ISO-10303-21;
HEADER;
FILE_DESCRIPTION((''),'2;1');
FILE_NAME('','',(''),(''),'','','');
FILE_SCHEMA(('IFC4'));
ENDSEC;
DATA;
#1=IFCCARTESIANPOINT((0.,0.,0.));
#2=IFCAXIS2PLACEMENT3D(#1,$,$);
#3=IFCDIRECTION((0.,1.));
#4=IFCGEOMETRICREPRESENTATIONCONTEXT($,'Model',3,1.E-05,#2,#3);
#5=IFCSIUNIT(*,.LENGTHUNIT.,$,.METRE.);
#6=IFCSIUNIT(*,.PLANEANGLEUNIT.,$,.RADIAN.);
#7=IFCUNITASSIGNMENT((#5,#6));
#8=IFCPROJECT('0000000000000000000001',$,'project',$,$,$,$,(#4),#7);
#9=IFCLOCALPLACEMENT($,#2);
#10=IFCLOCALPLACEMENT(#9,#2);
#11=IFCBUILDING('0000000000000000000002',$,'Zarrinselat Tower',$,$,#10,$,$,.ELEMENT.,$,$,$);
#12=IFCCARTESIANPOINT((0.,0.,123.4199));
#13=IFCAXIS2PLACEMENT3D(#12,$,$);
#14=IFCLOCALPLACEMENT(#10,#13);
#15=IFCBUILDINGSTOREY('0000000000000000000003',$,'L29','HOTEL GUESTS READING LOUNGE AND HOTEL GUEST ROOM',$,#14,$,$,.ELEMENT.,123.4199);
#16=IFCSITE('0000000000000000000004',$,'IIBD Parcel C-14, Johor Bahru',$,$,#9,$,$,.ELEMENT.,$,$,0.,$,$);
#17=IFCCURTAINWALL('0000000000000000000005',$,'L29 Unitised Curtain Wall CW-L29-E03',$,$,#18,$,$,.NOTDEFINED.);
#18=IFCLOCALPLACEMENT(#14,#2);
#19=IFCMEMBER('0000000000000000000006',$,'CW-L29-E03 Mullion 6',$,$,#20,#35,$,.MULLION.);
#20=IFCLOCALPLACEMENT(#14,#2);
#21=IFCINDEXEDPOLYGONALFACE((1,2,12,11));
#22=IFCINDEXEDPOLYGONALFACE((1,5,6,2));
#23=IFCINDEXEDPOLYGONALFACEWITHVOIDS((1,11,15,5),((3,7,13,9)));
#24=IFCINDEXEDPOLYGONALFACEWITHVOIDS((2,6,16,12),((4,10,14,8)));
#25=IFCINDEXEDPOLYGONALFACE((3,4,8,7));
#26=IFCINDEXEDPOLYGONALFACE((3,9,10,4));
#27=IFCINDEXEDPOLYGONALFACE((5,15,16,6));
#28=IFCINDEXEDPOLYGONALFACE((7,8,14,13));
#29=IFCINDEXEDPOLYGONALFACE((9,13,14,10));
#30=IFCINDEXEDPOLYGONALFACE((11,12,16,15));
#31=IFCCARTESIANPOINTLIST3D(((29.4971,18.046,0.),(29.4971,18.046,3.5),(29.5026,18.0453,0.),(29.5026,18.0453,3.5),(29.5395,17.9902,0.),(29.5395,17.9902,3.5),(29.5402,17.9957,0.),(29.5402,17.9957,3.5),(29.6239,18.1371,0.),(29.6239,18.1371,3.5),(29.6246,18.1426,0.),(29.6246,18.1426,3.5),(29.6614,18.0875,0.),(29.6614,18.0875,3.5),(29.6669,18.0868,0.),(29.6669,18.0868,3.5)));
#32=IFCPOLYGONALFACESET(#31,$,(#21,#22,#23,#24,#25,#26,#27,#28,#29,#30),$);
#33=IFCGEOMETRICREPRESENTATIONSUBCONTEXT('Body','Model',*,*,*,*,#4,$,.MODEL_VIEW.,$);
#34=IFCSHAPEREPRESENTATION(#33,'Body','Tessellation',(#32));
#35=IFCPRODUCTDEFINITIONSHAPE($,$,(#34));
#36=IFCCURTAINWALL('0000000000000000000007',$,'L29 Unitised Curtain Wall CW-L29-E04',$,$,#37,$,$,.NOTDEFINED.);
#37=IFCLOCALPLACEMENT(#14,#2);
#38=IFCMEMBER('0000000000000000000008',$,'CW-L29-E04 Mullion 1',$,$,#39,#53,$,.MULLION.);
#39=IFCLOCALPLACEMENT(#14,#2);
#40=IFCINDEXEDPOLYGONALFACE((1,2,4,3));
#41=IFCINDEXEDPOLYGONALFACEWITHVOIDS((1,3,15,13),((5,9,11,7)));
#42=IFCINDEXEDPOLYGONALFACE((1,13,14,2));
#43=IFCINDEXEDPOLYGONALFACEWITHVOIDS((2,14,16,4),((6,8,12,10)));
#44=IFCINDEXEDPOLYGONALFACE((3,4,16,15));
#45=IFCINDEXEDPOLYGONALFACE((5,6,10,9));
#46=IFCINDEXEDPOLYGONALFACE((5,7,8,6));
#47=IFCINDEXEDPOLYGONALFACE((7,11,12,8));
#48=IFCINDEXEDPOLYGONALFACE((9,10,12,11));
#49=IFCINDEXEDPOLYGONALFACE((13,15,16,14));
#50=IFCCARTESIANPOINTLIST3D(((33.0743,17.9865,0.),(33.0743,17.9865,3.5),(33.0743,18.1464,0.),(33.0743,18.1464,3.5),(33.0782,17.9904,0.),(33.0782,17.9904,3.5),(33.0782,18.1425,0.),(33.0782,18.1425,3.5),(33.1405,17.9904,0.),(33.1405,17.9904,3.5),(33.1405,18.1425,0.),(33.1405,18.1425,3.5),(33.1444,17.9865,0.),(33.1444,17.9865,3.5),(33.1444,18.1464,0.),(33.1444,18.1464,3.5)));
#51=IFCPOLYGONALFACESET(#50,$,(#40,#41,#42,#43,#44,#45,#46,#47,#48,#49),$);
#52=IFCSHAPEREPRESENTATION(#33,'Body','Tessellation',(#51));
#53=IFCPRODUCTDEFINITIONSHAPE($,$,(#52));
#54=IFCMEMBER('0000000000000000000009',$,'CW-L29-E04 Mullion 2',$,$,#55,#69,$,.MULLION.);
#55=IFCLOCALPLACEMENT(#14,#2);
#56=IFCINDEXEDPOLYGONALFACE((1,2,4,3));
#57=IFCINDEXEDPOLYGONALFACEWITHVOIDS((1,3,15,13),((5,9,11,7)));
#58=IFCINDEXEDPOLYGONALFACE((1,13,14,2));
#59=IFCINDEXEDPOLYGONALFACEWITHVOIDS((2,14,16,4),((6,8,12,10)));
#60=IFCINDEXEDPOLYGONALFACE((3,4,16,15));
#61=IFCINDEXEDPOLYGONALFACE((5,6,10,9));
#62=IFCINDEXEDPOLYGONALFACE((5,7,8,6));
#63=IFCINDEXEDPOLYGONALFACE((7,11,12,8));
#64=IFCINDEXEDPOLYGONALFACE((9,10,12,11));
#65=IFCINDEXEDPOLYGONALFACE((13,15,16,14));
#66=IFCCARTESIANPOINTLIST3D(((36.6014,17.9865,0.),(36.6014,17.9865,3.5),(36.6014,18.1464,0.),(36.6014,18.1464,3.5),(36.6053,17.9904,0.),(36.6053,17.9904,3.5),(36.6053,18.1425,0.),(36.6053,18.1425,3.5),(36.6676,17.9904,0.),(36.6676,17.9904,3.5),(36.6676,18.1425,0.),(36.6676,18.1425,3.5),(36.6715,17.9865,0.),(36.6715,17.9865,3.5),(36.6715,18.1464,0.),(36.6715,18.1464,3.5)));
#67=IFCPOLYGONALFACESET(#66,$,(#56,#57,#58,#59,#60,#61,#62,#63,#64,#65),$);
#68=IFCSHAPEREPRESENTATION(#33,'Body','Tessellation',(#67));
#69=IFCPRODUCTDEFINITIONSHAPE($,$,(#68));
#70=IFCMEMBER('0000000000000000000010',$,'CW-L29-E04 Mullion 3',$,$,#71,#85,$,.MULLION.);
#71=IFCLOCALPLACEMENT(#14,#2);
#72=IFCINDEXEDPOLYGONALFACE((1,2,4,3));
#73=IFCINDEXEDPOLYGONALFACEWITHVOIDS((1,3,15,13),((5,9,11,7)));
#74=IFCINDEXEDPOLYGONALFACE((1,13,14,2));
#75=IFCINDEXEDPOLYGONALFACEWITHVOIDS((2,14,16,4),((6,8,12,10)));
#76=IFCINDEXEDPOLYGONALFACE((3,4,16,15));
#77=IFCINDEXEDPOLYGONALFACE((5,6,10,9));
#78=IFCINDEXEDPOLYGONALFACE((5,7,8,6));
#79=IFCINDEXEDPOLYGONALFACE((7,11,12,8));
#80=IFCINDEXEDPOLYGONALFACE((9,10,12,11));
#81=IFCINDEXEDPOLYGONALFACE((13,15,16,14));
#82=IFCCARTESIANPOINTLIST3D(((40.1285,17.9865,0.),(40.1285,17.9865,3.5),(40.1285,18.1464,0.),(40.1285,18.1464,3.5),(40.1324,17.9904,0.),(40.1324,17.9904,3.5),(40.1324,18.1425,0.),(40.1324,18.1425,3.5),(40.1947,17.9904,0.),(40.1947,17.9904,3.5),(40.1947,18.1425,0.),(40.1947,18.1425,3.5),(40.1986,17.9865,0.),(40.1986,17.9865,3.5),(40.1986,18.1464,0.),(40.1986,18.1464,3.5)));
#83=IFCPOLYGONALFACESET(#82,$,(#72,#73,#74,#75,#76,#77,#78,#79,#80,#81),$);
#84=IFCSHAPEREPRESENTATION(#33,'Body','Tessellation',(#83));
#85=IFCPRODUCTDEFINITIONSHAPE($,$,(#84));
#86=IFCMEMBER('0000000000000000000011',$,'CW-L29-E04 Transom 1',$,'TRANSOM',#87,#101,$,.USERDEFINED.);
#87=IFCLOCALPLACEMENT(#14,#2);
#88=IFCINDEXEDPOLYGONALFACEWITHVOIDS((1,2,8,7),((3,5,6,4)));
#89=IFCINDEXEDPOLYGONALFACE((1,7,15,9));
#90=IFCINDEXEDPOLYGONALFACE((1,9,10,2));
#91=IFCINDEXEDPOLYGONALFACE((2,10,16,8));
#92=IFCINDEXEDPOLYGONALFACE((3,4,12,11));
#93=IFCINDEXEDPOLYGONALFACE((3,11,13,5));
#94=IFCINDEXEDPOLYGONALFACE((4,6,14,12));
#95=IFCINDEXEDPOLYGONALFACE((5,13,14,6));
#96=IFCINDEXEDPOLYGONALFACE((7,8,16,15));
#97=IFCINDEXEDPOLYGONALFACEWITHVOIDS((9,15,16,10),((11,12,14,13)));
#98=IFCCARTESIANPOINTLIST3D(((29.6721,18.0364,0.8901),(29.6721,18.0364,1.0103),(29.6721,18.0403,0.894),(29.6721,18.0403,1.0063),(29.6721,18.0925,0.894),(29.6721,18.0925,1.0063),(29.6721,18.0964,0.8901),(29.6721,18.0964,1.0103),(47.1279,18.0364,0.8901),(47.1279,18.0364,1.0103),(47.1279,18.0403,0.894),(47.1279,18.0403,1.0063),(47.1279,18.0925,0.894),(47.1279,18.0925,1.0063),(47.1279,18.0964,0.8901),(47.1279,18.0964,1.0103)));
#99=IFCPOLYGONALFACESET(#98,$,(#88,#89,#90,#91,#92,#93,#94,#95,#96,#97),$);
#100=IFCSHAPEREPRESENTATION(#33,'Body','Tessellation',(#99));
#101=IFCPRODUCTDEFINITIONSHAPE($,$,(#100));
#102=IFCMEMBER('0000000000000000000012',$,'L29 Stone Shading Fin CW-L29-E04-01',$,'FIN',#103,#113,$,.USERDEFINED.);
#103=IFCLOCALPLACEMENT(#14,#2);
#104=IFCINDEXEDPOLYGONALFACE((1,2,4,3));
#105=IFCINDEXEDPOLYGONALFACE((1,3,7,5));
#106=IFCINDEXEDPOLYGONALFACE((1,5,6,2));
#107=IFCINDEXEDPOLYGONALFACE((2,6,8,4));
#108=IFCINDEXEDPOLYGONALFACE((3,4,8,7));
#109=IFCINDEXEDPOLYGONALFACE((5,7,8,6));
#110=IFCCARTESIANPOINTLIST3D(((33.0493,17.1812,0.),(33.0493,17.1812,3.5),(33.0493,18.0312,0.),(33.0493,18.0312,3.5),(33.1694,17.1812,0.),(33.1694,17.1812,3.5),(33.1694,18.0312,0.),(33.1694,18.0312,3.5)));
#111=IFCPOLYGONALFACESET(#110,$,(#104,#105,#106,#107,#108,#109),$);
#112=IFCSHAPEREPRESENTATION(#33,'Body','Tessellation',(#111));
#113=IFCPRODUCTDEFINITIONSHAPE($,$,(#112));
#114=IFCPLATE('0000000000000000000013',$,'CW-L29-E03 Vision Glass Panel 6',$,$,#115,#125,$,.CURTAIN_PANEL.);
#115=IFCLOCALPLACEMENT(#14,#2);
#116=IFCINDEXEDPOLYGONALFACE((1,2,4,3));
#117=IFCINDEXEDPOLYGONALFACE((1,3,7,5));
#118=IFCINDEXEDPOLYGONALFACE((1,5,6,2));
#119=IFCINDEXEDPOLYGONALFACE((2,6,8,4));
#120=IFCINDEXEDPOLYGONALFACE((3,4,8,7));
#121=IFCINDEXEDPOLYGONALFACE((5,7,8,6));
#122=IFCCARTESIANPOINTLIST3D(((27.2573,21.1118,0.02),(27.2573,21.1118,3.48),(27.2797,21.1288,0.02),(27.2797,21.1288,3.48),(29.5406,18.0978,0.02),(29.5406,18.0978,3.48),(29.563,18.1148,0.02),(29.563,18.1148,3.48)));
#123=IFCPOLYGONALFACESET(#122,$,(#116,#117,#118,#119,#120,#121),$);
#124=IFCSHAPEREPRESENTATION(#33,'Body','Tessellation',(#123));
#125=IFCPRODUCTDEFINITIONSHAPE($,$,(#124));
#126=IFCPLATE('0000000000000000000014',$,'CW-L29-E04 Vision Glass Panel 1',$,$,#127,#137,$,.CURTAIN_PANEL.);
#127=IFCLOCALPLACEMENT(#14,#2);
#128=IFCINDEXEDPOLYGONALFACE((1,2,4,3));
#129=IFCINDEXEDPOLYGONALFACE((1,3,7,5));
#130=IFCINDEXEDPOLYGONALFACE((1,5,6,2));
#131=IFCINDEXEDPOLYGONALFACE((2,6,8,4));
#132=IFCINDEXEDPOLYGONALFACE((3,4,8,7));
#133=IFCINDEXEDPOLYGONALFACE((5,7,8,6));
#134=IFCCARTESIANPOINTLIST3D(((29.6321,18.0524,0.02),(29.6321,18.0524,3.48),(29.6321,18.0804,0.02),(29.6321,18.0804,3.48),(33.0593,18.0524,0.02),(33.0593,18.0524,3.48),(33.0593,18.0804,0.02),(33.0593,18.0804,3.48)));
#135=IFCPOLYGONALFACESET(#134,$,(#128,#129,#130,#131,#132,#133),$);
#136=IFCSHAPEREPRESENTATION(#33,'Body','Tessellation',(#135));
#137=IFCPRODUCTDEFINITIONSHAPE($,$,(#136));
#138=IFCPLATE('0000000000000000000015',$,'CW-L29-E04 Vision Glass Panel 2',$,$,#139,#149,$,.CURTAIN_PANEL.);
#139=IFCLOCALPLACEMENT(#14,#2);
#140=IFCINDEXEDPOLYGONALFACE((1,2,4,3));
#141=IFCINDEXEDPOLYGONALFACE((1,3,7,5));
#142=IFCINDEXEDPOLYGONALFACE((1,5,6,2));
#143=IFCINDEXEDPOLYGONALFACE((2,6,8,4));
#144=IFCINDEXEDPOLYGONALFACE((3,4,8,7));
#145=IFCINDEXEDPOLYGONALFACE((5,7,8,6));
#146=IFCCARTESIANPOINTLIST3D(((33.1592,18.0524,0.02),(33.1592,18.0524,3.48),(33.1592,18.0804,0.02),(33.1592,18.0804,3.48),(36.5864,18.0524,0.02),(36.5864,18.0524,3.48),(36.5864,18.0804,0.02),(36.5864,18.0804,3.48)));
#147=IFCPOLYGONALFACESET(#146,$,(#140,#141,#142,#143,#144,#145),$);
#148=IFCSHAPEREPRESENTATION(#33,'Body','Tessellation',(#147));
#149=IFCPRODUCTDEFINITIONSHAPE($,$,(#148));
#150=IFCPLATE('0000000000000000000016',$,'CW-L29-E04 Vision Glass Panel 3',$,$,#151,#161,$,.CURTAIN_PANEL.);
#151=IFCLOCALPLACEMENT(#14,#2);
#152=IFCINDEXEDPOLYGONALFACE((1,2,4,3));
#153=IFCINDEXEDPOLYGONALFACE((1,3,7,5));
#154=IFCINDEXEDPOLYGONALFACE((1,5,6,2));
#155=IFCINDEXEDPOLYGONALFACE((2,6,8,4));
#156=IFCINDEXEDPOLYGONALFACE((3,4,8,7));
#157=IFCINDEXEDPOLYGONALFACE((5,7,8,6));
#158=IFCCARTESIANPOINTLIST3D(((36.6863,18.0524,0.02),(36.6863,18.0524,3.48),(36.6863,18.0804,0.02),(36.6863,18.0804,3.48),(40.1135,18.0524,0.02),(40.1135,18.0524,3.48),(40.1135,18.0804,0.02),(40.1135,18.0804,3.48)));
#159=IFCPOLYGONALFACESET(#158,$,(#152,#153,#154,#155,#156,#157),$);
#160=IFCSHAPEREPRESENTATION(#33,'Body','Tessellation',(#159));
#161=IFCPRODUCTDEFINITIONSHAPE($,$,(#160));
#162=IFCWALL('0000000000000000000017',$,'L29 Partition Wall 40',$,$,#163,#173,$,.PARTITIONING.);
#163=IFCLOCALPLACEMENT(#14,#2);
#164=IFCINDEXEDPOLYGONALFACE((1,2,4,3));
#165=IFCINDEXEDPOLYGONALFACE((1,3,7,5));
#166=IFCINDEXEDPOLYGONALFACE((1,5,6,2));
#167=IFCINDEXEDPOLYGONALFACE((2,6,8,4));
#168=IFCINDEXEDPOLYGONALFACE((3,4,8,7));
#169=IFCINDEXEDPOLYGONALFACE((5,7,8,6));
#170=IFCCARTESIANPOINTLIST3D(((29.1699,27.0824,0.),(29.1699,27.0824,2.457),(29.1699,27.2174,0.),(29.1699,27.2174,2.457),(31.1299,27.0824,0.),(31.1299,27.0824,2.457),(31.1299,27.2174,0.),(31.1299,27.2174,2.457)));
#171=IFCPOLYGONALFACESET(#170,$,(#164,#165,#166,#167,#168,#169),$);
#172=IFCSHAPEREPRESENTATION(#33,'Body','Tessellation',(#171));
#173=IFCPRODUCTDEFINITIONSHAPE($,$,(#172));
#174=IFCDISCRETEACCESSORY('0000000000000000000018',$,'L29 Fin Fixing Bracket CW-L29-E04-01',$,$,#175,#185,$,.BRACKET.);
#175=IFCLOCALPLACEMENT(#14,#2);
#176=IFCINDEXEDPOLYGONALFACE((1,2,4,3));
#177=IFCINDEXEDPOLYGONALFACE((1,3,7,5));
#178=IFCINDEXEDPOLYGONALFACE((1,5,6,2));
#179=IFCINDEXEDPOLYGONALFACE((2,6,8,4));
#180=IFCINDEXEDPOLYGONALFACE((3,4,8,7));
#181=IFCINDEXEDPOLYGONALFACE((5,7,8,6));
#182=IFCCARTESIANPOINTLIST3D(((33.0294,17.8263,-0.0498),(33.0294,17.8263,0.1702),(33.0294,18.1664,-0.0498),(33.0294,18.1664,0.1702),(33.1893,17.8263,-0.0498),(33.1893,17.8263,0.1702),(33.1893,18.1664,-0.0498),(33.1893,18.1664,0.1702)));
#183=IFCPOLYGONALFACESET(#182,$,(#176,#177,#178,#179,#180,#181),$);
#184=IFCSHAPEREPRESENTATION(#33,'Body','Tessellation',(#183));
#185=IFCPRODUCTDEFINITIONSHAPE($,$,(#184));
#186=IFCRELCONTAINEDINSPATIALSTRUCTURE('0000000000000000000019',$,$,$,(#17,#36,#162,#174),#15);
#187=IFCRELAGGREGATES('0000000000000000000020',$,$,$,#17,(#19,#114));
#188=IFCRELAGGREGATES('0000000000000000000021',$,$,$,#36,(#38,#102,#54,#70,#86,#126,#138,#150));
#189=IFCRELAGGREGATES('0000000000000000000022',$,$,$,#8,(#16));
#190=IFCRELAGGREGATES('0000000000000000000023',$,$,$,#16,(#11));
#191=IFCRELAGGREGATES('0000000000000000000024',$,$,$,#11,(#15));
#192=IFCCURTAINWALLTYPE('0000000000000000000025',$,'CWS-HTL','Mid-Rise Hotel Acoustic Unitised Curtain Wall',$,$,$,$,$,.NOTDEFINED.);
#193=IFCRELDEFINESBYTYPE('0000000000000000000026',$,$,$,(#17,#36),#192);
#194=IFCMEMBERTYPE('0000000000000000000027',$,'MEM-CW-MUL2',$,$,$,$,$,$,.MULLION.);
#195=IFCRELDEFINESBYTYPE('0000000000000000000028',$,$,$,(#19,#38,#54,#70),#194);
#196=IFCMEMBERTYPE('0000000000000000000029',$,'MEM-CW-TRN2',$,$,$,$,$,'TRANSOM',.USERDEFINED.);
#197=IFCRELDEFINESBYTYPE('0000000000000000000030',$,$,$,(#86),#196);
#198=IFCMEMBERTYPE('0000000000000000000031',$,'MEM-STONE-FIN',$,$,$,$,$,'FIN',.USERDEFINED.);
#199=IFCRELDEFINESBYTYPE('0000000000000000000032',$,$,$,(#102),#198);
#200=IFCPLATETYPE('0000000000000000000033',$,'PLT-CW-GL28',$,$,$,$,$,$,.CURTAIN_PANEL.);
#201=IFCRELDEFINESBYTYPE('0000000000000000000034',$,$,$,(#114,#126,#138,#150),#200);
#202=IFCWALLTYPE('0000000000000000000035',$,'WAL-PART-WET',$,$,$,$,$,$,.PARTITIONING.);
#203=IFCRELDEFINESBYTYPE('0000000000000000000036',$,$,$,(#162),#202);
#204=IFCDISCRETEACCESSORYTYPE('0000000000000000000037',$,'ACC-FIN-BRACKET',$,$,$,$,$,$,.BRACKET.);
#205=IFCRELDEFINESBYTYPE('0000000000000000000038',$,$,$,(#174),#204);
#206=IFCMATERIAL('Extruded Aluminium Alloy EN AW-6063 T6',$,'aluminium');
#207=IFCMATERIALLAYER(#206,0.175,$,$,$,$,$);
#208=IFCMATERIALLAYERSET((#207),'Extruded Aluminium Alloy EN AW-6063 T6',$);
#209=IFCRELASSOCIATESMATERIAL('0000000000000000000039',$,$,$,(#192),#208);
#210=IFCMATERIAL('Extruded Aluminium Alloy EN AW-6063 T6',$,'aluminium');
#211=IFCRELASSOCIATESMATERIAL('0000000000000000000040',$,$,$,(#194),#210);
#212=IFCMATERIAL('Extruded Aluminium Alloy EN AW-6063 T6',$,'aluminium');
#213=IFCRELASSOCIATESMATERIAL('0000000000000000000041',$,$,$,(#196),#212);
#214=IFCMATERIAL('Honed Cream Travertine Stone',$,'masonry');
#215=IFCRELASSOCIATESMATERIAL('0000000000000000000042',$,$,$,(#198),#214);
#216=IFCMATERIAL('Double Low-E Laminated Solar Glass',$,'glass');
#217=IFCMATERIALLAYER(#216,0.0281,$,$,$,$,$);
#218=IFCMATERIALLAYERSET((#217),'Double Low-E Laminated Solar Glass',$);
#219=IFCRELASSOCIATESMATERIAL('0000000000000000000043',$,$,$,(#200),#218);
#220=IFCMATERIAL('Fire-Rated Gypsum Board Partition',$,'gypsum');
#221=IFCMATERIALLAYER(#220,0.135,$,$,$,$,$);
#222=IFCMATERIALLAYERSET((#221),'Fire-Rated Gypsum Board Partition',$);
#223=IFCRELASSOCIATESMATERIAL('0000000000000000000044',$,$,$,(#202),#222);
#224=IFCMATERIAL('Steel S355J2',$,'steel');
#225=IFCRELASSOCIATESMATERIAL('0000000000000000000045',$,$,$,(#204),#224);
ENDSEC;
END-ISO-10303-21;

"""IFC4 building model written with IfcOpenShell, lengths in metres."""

from ifc_helpers import new_model, si_unit, direction, frame, frame_2d, origin, origin_2d, place, context, subcontext, project, spatial, rectangle, hollow_rectangle, extrude, material, layer, layer_set, material_profile, profile_set, type_object, element, aggregate, save


model = new_model("IFC4")

# Units and contexts
model_context = context("Model", 3, precision=1e-05, world=origin(), true_north=direction((0.0, 1.0)))
body_context = subcontext(model_context, "Body", "Model", "MODEL_VIEW")
ifc_project = project(units=[si_unit("LENGTHUNIT", "METRE"), si_unit("PLANEANGLEUNIT", "RADIAN")], contexts=[model_context])

# Site, building, storey
site_placement = place(None, origin())
site = spatial("IfcSite", under=ifc_project, at=site_placement, Name="IIBD Parcel C-14, Johor Bahru", CompositionType="ELEMENT", RefElevation=0.0)
building_placement = place(site_placement, origin())
building = spatial("IfcBuilding", under=site, at=building_placement, Name="Zarrinselat Tower", CompositionType="ELEMENT")
storey_placement = place(building_placement, frame((0.0, 0.0, 123.4199)))
storey = spatial("IfcBuildingStorey", under=building, at=storey_placement, Name="L29", Description="HOTEL GUESTS READING LOUNGE AND HOTEL GUEST ROOM", CompositionType="ELEMENT", Elevation=123.4199)

# Curtain wall, member
ifc_material_1 = material(Name="Extruded Aluminium Alloy EN AW-6063 T6", Category="aluminium")
ifc_layer_1 = layer(ifc_material_1, 0.175)
ifc_layer_set_1 = layer_set([ifc_layer_1], Name="Extruded Aluminium Alloy EN AW-6063 T6")
curtain_wall_type = type_object("IfcCurtainWallType", Name="CWS-HTL", Description="Mid-Rise Hotel Acoustic Unitised Curtain Wall", PredefinedType="NOTDEFINED", material=ifc_layer_set_1)
curtain_wall_1_placement = place(storey_placement, origin())
curtain_wall_1 = element("IfcCurtainWall", 1, at=curtain_wall_1_placement, inside=storey, type_object=curtain_wall_type, Name="L29 Unitised Curtain Wall CW-L29-E03", PredefinedType="NOTDEFINED")
ifc_material_2 = material(Name="Extruded Aluminium Alloy EN AW-6063 T6", Category="aluminium")
ifc_material_profile_1 = material_profile(ifc_material_2, hollow_rectangle(XDim=0.0701, YDim=0.1599, WallThickness=0.0039, at=origin_2d()), Name="RHS 160x70x4")
ifc_profile_set_1 = profile_set([ifc_material_profile_1], Name="Extruded Aluminium Alloy EN AW-6063 T6")
member_type_1 = type_object("IfcMemberType", Name="MEM-CW-MUL2", PredefinedType="MULLION", material=ifc_profile_set_1)
member_1_placement = place(storey_placement, frame((29.582, 18.0664, 0.0), z_axis=(0.0, 0.0, 1.0), x_axis=(0.603858, -0.797092, 0.0)))
member_1 = element("IfcMember", 2, at=member_1_placement, type_object=member_type_1, Name="CW-L29-E03 Mullion 6", PredefinedType="MULLION", context=body_context, shape_type="SweptSolid", body=[
    extrude(hollow_rectangle(XDim=0.0701, YDim=0.1599, WallThickness=0.0039, at=origin_2d()), origin(), (0.0, 0.0, 1.0), 3.5),
])

# Curtain wall, members
curtain_wall_2_placement = place(storey_placement, origin())
curtain_wall_2 = element("IfcCurtainWall", 3, at=curtain_wall_2_placement, inside=storey, type_object=curtain_wall_type, Name="L29 Unitised Curtain Wall CW-L29-E04", PredefinedType="NOTDEFINED")
member_2_placement = place(storey_placement, frame((33.1094, 18.0664, 0.0), z_axis=(0.0, 0.0, 1.0), x_axis=(1.0, 0.0, 0.0)))
member_2 = element("IfcMember", 4, at=member_2_placement, type_object=member_type_1, Name="CW-L29-E04 Mullion 1", PredefinedType="MULLION", context=body_context, shape_type="SweptSolid", body=[
    extrude(hollow_rectangle(XDim=0.0701, YDim=0.1599, WallThickness=0.0039, at=origin_2d()), origin(), (0.0, 0.0, 1.0), 3.5),
])
member_3_placement = place(storey_placement, frame((36.6365, 18.0664, 0.0), z_axis=(0.0, 0.0, 1.0), x_axis=(1.0, 0.0, 0.0)))
member_3 = element("IfcMember", 5, at=member_3_placement, type_object=member_type_1, Name="CW-L29-E04 Mullion 2", PredefinedType="MULLION", context=body_context, shape_type="SweptSolid", body=[
    extrude(hollow_rectangle(XDim=0.0701, YDim=0.1599, WallThickness=0.0039, at=origin_2d()), origin(), (0.0, 0.0, 1.0), 3.5),
])
member_4_placement = place(storey_placement, frame((40.1636, 18.0664, 0.0), z_axis=(0.0, 0.0, 1.0), x_axis=(1.0, 0.0, 0.0)))
member_4 = element("IfcMember", 6, at=member_4_placement, type_object=member_type_1, Name="CW-L29-E04 Mullion 3", PredefinedType="MULLION", context=body_context, shape_type="SweptSolid", body=[
    extrude(hollow_rectangle(XDim=0.0701, YDim=0.1599, WallThickness=0.0039, at=origin_2d()), origin(), (0.0, 0.0, 1.0), 3.5),
])
ifc_material_3 = material(Name="Extruded Aluminium Alloy EN AW-6063 T6", Category="aluminium")
ifc_material_profile_2 = material_profile(ifc_material_3, hollow_rectangle(XDim=0.0601, YDim=0.1201, WallThickness=0.0039, at=origin_2d()), Name="RHS 120x60x4")
ifc_profile_set_2 = profile_set([ifc_material_profile_2], Name="Extruded Aluminium Alloy EN AW-6063 T6")
member_type_2 = type_object("IfcMemberType", Name="MEM-CW-TRN2", ElementType="TRANSOM", PredefinedType="USERDEFINED", material=ifc_profile_set_2)
member_5_placement = place(storey_placement, frame((29.6721, 18.0664, 0.9502), z_axis=(1.0, 0.0, 0.0), x_axis=(0.0, 1.0, 0.0)))
member_5 = element("IfcMember", 7, at=member_5_placement, type_object=member_type_2, Name="CW-L29-E04 Transom 1", ObjectType="TRANSOM", PredefinedType="USERDEFINED", context=body_context, shape_type="SweptSolid", body=[
    extrude(hollow_rectangle(XDim=0.0601, YDim=0.1201, WallThickness=0.0039, at=origin_2d()), origin(), (0.0, 0.0, 1.0), 17.4558),
])
ifc_material_4 = material(Name="Honed Cream Travertine Stone", Category="masonry")
ifc_material_profile_3 = material_profile(ifc_material_4, rectangle(XDim=0.1201, YDim=0.8501, at=origin_2d()), Name="FIN 850x120")
ifc_profile_set_3 = profile_set([ifc_material_profile_3], Name="Honed Cream Travertine Stone")
member_type_3 = type_object("IfcMemberType", Name="MEM-STONE-FIN", ElementType="FIN", PredefinedType="USERDEFINED", material=ifc_profile_set_3)
member_6_placement = place(storey_placement, frame((33.1094, 17.6062, 0.0), z_axis=(0.0, 0.0, 1.0), x_axis=(-1.0, 0.0, 0.0)))
member_6 = element("IfcMember", 8, at=member_6_placement, type_object=member_type_3, Name="L29 Stone Shading Fin CW-L29-E04-01", ObjectType="FIN", PredefinedType="USERDEFINED", context=body_context, shape_type="SweptSolid", body=[
    extrude(rectangle(XDim=0.1201, YDim=0.8501, at=origin_2d()), origin(), (0.0, 0.0, 1.0), 3.5),
])

# Plates
ifc_material_5 = material(Name="Double Low-E Laminated Solar Glass", Category="glass")
ifc_layer_2 = layer(ifc_material_5, 0.0281)
ifc_layer_set_2 = layer_set([ifc_layer_2], Name="Double Low-E Laminated Solar Glass")
plate_type = type_object("IfcPlateType", Name="PLT-CW-GL28", PredefinedType="CURTAIN_PANEL", material=ifc_layer_set_2)
plate_1_placement = place(storey_placement, frame((28.4102, 19.6133, 0.02), z_axis=(0.0, 0.0, 1.0), x_axis=(0.603858, -0.797092, 0.0)))
plate_1 = element("IfcPlate", 9, at=plate_1_placement, type_object=plate_type, Name="CW-L29-E03 Vision Glass Panel 6", PredefinedType="CURTAIN_PANEL", context=body_context, shape_type="SweptSolid", body=[
    extrude(rectangle(XDim=3.7812, YDim=0.0281, at=origin_2d()), origin(), (0.0, 0.0, 1.0), 3.46),
])
aggregate(curtain_wall_1, [member_1, plate_1])
plate_2_placement = place(storey_placement, frame((31.3457, 18.0664, 0.02), z_axis=(0.0, 0.0, 1.0), x_axis=(1.0, 0.0, 0.0)))
plate_2 = element("IfcPlate", 10, at=plate_2_placement, type_object=plate_type, Name="CW-L29-E04 Vision Glass Panel 1", PredefinedType="CURTAIN_PANEL", context=body_context, shape_type="SweptSolid", body=[
    extrude(rectangle(XDim=3.4272, YDim=0.0281, at=origin_2d()), origin(), (0.0, 0.0, 1.0), 3.46),
])
plate_3_placement = place(storey_placement, frame((34.8728, 18.0664, 0.02), z_axis=(0.0, 0.0, 1.0), x_axis=(1.0, 0.0, 0.0)))
plate_3 = element("IfcPlate", 11, at=plate_3_placement, type_object=plate_type, Name="CW-L29-E04 Vision Glass Panel 2", PredefinedType="CURTAIN_PANEL", context=body_context, shape_type="SweptSolid", body=[
    extrude(rectangle(XDim=3.4272, YDim=0.0281, at=origin_2d()), origin(), (0.0, 0.0, 1.0), 3.46),
])
plate_4_placement = place(storey_placement, frame((38.3999, 18.0664, 0.02), z_axis=(0.0, 0.0, 1.0), x_axis=(1.0, 0.0, 0.0)))
plate_4 = element("IfcPlate", 12, at=plate_4_placement, type_object=plate_type, Name="CW-L29-E04 Vision Glass Panel 3", PredefinedType="CURTAIN_PANEL", context=body_context, shape_type="SweptSolid", body=[
    extrude(rectangle(XDim=3.4272, YDim=0.0281, at=origin_2d()), origin(), (0.0, 0.0, 1.0), 3.46),
])
aggregate(curtain_wall_2, [member_2, member_6, member_3, member_4, member_5, plate_2, plate_3, plate_4])

# Wall
ifc_material_6 = material(Name="Fire-Rated Gypsum Board Partition", Category="gypsum")
ifc_layer_3 = layer(ifc_material_6, 0.135)
ifc_layer_set_3 = layer_set([ifc_layer_3], Name="Fire-Rated Gypsum Board Partition")
wall_type = type_object("IfcWallType", Name="WAL-PART-WET", PredefinedType="PARTITIONING", material=ifc_layer_set_3)
wall_placement = place(storey_placement, frame((29.1699, 27.1499, 0.0), z_axis=(0.0, 0.0, 1.0), x_axis=(1.0, 0.0, 0.0)))
element("IfcWall", 13, at=wall_placement, inside=storey, type_object=wall_type, Name="L29 Partition Wall 40", PredefinedType="PARTITIONING", context=body_context, shape_type="SweptSolid", body=[
    extrude(rectangle(XDim=1.96, YDim=0.135, at=frame_2d((0.98, 0.0))), origin(), (0.0, 0.0, 1.0), 2.457),
])

# Discrete accessory
ifc_material_7 = material(Name="Steel S355J2", Category="steel")
discrete_accessory_type = type_object("IfcDiscreteAccessoryType", Name="ACC-FIN-BRACKET", PredefinedType="BRACKET", material=ifc_material_7)
discrete_accessory_placement = place(storey_placement, frame((33.1094, 17.9963, -0.0498), z_axis=(0.0, 0.0, 1.0), x_axis=(0.0, -1.0, 0.0)))
element("IfcDiscreteAccessory", 14, at=discrete_accessory_placement, inside=storey, type_object=discrete_accessory_type, Name="L29 Fin Fixing Bracket CW-L29-E04-01", PredefinedType="BRACKET", context=body_context, shape_type="SweptSolid", body=[
    extrude(rectangle(XDim=0.3401, YDim=0.1599, at=origin_2d()), origin(), (0.0, 0.0, 1.0), 0.22),
])

save(model, "model.ifc")
